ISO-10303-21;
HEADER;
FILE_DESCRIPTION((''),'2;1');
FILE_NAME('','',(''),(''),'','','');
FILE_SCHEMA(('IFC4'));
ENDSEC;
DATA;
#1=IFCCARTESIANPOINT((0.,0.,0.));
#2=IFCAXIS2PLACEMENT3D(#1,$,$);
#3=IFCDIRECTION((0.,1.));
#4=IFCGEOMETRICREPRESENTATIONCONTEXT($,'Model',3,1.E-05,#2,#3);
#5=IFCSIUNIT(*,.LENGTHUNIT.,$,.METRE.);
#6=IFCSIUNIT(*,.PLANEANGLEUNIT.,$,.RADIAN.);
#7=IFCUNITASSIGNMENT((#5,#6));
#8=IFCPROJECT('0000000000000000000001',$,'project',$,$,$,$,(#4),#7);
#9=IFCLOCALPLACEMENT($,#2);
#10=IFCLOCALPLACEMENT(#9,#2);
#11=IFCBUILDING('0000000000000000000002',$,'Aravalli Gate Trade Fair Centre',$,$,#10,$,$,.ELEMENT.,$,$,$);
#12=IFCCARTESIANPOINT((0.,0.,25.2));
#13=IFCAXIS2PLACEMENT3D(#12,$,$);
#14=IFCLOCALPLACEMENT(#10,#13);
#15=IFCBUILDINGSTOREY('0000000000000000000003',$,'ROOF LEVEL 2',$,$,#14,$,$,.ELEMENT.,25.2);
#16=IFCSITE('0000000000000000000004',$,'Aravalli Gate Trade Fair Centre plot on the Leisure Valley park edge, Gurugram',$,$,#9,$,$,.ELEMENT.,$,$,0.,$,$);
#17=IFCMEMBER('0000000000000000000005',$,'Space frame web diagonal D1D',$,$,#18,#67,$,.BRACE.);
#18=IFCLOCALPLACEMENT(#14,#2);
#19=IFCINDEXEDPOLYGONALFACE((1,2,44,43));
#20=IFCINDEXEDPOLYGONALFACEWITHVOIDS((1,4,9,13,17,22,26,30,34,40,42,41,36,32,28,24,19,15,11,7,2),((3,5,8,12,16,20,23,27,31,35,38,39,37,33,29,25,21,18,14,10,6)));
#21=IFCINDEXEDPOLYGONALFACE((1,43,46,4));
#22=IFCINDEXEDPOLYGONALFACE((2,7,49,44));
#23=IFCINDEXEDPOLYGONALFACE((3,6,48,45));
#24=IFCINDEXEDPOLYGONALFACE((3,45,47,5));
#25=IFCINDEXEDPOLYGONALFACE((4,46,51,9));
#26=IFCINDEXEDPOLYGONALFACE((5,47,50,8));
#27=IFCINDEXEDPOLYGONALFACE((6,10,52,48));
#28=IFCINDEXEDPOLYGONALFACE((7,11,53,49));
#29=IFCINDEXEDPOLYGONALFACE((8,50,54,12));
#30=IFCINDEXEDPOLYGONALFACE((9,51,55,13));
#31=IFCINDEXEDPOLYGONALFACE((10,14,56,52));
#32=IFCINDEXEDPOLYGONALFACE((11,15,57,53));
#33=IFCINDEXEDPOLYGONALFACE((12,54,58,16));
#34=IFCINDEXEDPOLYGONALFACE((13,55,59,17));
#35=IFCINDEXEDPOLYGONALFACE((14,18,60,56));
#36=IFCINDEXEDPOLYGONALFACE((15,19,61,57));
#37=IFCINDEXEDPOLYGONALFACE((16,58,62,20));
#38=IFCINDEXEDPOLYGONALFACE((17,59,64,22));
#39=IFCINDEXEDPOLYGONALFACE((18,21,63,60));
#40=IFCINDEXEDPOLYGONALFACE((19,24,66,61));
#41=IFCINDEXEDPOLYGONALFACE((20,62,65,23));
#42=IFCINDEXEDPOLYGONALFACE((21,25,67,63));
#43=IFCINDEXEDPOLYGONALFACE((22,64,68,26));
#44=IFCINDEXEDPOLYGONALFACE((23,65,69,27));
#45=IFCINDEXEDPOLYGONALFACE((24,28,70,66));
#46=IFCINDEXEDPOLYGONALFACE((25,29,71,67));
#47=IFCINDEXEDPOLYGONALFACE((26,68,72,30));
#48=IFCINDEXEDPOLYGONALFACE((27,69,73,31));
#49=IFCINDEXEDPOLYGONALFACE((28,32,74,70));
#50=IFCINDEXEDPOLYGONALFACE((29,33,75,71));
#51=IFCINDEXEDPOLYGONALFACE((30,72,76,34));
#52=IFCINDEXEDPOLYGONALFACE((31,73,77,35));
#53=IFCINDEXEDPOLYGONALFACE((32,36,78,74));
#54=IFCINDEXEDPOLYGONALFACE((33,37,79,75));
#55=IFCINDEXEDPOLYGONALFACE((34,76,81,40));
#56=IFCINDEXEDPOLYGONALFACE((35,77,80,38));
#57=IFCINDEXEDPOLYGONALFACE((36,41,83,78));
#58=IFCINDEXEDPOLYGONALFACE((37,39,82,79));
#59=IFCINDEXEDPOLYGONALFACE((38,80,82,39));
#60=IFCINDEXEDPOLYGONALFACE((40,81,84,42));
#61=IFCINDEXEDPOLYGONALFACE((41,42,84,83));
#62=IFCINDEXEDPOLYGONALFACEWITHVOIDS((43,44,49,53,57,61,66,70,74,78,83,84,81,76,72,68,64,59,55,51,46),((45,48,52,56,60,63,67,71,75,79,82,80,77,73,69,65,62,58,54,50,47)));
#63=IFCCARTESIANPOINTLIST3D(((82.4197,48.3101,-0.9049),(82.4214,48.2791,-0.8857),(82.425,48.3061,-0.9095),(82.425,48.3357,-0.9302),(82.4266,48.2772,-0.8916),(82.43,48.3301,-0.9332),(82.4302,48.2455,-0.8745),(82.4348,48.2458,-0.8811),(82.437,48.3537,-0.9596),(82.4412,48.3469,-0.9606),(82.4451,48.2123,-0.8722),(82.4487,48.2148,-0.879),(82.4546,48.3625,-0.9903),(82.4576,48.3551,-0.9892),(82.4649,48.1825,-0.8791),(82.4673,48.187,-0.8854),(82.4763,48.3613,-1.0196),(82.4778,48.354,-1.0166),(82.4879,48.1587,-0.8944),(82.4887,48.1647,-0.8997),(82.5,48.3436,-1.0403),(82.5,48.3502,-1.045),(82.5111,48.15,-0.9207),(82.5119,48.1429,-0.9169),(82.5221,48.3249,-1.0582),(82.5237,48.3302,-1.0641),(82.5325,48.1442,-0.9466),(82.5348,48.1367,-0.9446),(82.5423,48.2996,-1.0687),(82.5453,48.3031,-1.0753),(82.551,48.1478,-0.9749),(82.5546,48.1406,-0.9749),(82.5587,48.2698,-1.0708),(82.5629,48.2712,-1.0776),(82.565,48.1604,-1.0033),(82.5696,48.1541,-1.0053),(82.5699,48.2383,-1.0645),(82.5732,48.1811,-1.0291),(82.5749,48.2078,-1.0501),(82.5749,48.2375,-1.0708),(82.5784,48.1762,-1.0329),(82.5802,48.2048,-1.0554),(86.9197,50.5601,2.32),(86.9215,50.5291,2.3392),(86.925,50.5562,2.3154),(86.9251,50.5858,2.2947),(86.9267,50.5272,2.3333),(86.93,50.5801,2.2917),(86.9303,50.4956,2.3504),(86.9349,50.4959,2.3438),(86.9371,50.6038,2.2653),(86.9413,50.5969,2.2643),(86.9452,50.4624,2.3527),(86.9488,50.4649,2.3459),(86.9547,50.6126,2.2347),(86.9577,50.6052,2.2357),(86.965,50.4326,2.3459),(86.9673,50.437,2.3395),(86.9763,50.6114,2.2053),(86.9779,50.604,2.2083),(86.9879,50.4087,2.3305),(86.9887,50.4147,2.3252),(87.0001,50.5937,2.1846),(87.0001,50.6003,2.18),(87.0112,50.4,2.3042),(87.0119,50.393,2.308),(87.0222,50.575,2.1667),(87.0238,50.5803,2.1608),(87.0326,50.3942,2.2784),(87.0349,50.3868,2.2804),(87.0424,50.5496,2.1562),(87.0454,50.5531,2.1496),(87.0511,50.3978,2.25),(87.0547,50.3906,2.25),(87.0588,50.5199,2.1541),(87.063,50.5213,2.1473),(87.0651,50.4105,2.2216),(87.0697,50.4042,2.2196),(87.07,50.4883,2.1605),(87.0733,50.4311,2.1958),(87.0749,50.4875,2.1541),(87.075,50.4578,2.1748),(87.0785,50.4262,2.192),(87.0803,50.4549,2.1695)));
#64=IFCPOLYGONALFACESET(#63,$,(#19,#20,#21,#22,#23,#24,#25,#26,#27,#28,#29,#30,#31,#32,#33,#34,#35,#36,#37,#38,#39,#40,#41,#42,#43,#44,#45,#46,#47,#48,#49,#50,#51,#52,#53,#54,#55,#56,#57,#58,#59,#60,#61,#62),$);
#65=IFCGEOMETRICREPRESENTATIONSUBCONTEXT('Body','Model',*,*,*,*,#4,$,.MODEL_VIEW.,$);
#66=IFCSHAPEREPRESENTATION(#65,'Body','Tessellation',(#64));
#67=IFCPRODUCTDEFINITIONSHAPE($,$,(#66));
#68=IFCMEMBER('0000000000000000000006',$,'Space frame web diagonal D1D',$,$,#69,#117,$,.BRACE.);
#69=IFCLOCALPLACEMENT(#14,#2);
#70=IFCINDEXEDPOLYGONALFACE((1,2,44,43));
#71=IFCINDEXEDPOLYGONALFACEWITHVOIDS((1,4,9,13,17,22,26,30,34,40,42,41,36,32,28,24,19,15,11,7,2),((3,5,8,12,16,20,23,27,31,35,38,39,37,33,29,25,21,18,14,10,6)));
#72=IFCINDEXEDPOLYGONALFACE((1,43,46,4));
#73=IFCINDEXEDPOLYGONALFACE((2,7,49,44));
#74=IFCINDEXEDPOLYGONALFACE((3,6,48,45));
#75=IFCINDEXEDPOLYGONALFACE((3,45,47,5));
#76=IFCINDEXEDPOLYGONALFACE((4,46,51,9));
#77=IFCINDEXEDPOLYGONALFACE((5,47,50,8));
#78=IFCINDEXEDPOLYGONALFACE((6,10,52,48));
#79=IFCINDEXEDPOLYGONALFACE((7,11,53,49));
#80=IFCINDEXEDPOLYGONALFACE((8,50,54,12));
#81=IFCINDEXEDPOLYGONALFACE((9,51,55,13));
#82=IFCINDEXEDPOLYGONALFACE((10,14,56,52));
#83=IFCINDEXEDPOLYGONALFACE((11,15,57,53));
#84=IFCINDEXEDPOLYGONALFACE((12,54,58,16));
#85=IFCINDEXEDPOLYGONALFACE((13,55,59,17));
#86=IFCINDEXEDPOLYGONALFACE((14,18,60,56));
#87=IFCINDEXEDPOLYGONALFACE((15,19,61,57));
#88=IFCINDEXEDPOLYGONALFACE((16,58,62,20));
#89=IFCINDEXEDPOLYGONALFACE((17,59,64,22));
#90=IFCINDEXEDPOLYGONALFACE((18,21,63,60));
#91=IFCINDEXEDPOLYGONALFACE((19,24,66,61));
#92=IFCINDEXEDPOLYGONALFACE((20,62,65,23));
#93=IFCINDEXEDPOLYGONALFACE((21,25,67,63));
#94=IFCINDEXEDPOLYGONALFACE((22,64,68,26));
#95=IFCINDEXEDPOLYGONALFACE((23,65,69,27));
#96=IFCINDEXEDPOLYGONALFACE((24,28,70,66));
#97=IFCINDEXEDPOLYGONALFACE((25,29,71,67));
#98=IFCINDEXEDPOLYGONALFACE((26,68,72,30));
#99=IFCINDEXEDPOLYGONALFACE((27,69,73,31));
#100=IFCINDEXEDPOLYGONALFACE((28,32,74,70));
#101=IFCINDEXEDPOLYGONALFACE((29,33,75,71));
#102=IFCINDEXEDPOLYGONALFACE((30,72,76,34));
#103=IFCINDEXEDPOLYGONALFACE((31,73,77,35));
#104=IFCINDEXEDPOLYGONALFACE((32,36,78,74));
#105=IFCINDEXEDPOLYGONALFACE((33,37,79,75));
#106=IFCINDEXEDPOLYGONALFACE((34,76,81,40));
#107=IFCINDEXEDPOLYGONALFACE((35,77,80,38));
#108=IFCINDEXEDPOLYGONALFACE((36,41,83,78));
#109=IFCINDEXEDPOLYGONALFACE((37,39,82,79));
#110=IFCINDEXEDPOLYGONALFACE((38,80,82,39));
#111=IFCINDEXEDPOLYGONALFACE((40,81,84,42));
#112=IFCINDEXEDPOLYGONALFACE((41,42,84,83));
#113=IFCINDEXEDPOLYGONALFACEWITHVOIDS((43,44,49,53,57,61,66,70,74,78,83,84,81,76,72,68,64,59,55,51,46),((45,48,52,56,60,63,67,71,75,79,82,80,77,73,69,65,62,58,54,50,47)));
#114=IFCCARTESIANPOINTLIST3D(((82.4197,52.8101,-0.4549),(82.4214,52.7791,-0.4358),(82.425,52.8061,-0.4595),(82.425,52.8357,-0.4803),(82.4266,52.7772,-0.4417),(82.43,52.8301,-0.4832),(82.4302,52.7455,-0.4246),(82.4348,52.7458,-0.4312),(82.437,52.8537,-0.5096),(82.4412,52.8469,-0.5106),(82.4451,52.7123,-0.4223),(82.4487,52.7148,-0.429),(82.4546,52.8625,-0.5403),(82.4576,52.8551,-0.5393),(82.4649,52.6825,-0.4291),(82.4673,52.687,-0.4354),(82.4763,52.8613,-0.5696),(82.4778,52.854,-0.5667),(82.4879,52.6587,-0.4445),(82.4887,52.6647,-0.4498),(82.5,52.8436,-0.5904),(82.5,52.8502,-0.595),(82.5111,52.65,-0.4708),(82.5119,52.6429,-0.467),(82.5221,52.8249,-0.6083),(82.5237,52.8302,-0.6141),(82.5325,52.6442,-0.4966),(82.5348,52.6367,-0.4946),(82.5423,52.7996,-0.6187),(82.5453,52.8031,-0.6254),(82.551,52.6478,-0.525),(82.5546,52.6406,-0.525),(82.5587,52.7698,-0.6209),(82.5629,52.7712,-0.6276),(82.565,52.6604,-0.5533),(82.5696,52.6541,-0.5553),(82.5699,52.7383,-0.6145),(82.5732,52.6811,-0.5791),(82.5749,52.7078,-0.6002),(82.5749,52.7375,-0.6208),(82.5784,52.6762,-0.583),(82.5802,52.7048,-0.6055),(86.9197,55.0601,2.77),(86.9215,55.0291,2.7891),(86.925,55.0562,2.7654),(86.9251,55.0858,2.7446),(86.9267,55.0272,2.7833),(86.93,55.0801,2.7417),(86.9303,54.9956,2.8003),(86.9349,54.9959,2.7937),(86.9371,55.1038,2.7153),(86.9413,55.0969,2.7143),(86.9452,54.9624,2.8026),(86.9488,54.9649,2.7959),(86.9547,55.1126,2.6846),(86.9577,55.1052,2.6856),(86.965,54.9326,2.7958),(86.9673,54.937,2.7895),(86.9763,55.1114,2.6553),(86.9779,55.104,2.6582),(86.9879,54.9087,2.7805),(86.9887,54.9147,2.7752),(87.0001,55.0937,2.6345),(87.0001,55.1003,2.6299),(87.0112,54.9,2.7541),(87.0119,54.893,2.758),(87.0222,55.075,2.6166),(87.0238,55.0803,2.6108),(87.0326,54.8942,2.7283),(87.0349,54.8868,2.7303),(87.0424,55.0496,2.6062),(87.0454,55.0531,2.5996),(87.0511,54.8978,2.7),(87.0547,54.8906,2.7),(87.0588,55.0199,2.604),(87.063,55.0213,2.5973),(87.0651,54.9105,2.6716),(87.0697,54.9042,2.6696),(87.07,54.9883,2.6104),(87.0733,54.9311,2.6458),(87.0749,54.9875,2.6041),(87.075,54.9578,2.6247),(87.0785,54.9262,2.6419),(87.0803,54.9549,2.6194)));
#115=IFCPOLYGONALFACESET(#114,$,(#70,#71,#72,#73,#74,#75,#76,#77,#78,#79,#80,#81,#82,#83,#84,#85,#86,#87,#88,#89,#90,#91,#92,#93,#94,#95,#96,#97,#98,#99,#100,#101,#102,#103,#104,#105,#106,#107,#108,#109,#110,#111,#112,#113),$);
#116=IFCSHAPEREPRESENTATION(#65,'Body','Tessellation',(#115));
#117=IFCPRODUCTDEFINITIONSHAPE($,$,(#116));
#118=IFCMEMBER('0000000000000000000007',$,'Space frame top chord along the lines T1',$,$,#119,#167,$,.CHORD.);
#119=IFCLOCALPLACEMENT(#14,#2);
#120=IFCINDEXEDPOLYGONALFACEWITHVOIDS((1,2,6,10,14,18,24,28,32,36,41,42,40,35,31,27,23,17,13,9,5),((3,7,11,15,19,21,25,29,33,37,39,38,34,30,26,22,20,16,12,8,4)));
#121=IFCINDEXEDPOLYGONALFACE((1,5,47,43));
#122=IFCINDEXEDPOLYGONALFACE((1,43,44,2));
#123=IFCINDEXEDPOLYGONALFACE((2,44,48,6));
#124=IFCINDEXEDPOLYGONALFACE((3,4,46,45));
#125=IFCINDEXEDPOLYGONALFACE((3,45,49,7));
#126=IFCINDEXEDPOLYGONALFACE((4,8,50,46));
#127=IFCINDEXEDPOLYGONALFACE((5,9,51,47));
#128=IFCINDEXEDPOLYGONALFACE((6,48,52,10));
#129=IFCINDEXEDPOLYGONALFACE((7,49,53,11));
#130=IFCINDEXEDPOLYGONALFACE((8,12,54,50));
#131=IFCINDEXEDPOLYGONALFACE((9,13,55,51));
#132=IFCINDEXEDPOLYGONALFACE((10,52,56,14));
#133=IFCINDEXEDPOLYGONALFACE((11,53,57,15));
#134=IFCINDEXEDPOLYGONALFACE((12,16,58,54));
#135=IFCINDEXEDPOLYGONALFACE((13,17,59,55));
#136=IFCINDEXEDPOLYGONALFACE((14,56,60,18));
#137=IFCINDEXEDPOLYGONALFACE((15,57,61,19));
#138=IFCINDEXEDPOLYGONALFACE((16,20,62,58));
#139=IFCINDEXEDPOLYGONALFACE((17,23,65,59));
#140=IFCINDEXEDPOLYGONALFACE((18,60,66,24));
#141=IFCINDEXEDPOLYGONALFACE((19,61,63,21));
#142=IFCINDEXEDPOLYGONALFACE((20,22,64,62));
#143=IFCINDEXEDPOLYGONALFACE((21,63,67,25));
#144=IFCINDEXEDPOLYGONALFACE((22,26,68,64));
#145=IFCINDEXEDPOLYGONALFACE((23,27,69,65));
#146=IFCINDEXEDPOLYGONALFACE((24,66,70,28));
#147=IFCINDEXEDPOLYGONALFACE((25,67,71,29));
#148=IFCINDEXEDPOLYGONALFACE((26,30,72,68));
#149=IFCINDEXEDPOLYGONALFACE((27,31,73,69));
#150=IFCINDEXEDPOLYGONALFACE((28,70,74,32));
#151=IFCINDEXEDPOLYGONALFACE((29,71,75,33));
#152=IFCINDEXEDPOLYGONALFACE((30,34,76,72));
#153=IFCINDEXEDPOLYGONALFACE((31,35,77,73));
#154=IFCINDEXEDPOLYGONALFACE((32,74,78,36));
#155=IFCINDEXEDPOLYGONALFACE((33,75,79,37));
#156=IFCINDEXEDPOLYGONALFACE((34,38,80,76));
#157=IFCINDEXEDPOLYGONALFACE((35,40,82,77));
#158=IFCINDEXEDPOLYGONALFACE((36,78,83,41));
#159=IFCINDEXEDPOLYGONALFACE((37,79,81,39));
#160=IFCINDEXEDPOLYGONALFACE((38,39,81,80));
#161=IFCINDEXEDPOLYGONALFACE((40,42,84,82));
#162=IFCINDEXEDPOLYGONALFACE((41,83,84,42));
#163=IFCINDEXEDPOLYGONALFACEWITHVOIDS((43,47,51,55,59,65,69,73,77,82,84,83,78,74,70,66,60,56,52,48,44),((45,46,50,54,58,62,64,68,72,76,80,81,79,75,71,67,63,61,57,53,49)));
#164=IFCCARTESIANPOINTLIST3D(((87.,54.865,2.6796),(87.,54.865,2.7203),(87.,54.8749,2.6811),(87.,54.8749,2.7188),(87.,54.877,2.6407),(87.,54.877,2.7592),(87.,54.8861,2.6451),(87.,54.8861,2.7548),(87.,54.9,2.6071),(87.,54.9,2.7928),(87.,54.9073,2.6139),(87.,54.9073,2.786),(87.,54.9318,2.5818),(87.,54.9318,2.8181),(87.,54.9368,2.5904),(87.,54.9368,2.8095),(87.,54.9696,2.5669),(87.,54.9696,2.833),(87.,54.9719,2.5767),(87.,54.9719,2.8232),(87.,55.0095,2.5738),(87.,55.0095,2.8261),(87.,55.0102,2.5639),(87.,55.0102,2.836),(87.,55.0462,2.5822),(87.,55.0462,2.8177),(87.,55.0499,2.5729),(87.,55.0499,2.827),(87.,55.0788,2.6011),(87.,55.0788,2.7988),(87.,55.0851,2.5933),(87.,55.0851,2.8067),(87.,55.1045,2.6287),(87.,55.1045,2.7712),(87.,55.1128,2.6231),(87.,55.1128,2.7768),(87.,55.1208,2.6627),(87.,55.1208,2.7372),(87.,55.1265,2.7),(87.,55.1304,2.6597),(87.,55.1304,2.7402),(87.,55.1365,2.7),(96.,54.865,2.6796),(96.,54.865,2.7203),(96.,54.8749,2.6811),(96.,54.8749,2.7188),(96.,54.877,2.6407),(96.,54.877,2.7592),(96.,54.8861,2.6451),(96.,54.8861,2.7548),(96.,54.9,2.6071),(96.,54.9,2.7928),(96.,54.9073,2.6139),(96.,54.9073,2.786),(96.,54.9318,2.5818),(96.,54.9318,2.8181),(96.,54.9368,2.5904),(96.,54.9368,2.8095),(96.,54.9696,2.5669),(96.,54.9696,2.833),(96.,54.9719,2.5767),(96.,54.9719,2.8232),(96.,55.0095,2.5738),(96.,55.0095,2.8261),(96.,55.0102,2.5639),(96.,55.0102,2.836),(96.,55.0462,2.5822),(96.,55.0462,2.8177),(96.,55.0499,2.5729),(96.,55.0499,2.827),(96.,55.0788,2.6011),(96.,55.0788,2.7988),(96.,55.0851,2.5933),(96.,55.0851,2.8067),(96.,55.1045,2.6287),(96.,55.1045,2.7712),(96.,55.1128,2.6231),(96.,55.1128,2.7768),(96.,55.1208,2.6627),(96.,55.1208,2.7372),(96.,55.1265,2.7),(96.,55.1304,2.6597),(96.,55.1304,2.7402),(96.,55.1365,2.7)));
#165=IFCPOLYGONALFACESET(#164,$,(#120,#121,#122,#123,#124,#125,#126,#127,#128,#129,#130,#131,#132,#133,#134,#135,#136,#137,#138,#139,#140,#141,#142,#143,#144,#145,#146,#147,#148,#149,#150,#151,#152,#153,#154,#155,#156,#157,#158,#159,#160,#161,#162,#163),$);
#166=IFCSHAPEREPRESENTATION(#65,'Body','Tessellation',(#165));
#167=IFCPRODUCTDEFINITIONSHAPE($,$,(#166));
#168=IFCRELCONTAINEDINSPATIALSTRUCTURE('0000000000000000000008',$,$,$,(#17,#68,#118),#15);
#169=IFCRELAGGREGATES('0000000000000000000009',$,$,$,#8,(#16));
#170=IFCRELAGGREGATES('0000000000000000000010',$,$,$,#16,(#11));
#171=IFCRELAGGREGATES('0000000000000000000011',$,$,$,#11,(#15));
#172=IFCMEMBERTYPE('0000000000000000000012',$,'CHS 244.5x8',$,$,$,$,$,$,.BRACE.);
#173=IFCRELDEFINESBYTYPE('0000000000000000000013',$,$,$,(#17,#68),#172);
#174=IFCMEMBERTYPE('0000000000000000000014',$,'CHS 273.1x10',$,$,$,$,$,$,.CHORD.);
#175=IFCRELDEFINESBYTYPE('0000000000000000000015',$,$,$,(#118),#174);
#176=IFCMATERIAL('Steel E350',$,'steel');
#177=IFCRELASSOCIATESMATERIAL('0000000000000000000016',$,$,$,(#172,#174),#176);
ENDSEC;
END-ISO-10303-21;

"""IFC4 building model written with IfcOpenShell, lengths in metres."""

from ifc_helpers import new_model, si_unit, direction, frame, origin, origin_2d, place, context, subcontext, project, spatial, hollow_circle, extrude, material, material_profile, profile_set, type_object, element, save


model = new_model("IFC4")

# Units and contexts
model_context = context("Model", 3, precision=1e-05, world=origin(), true_north=direction((0.0, 1.0)))
body_context = subcontext(model_context, "Body", "Model", "MODEL_VIEW")
ifc_project = project(units=[si_unit("LENGTHUNIT", "METRE"), si_unit("PLANEANGLEUNIT", "RADIAN")], contexts=[model_context])

# Site, building, storey
site_placement = place(None, origin())
site = spatial("IfcSite", under=ifc_project, at=site_placement, Name="Aravalli Gate Trade Fair Centre plot on the Leisure Valley park edge, Gurugram", CompositionType="ELEMENT", RefElevation=0.0)
building_placement = place(site_placement, origin())
building = spatial("IfcBuilding", under=site, at=building_placement, Name="Aravalli Gate Trade Fair Centre", CompositionType="ELEMENT")
storey_placement = place(building_placement, frame((0.0, 0.0, 25.2)))
storey = spatial("IfcBuildingStorey", under=building, at=storey_placement, Name="ROOF LEVEL 2", CompositionType="ELEMENT", Elevation=25.2)

# Members
ifc_material = material(Name="Steel E350", Category="steel")
ifc_material_profile_1 = material_profile(ifc_material, hollow_circle(Radius=0.1223, WallThickness=0.0081, at=origin_2d()), Name="CHS 244.5x8")
ifc_profile_set_1 = profile_set([ifc_material_profile_1], Name="Steel E350")
member_type_1 = type_object("IfcMemberType", Name="CHS 244.5x8", PredefinedType="BRACE", material=ifc_profile_set_1)
for number, where, z_axis, x_axis, name in (
    (1, (87.0, 50.5, 2.25), (-0.753016, -0.376508, -0.539637), (0.447214, -0.894427, 0.0), "Space frame web diagonal D1D"),
    (2, (87.0, 55.0, 2.7), (-0.753016, -0.376508, -0.539637), (0.447214, -0.894427, 0.0), "Space frame web diagonal D1D"),
):
    element("IfcMember", number, at=place(storey_placement, frame(where, z_axis=z_axis, x_axis=x_axis)), inside=storey, type_object=member_type_1, Name=name, PredefinedType="BRACE", context=body_context, shape_type="SweptSolid", body=[
        extrude(hollow_circle(Radius=0.1223, WallThickness=0.0081, at=origin_2d()), origin(), (0.0, 0.0, 1.0), 5.9761),
    ])
ifc_material_profile_2 = material_profile(ifc_material, hollow_circle(Radius=0.1365, WallThickness=0.01, at=origin_2d()), Name="CHS 273.1x10")
ifc_profile_set_2 = profile_set([ifc_material_profile_2], Name="Steel E350")
member_type_2 = type_object("IfcMemberType", Name="CHS 273.1x10", PredefinedType="CHORD", material=ifc_profile_set_2)
member_1_placement = place(storey_placement, frame((87.0, 55.0, 2.7), z_axis=(1.0, 0.0, 0.0), x_axis=(0.0, 1.0, 0.0)))
element("IfcMember", 3, at=member_1_placement, inside=storey, type_object=member_type_2, Name="Space frame top chord along the lines T1", PredefinedType="CHORD", context=body_context, shape_type="SweptSolid", body=[
    extrude(hollow_circle(Radius=0.1365, WallThickness=0.01, at=origin_2d()), origin(), (0.0, 0.0, 1.0), 9.0),
])

save(model, "model.ifc")
